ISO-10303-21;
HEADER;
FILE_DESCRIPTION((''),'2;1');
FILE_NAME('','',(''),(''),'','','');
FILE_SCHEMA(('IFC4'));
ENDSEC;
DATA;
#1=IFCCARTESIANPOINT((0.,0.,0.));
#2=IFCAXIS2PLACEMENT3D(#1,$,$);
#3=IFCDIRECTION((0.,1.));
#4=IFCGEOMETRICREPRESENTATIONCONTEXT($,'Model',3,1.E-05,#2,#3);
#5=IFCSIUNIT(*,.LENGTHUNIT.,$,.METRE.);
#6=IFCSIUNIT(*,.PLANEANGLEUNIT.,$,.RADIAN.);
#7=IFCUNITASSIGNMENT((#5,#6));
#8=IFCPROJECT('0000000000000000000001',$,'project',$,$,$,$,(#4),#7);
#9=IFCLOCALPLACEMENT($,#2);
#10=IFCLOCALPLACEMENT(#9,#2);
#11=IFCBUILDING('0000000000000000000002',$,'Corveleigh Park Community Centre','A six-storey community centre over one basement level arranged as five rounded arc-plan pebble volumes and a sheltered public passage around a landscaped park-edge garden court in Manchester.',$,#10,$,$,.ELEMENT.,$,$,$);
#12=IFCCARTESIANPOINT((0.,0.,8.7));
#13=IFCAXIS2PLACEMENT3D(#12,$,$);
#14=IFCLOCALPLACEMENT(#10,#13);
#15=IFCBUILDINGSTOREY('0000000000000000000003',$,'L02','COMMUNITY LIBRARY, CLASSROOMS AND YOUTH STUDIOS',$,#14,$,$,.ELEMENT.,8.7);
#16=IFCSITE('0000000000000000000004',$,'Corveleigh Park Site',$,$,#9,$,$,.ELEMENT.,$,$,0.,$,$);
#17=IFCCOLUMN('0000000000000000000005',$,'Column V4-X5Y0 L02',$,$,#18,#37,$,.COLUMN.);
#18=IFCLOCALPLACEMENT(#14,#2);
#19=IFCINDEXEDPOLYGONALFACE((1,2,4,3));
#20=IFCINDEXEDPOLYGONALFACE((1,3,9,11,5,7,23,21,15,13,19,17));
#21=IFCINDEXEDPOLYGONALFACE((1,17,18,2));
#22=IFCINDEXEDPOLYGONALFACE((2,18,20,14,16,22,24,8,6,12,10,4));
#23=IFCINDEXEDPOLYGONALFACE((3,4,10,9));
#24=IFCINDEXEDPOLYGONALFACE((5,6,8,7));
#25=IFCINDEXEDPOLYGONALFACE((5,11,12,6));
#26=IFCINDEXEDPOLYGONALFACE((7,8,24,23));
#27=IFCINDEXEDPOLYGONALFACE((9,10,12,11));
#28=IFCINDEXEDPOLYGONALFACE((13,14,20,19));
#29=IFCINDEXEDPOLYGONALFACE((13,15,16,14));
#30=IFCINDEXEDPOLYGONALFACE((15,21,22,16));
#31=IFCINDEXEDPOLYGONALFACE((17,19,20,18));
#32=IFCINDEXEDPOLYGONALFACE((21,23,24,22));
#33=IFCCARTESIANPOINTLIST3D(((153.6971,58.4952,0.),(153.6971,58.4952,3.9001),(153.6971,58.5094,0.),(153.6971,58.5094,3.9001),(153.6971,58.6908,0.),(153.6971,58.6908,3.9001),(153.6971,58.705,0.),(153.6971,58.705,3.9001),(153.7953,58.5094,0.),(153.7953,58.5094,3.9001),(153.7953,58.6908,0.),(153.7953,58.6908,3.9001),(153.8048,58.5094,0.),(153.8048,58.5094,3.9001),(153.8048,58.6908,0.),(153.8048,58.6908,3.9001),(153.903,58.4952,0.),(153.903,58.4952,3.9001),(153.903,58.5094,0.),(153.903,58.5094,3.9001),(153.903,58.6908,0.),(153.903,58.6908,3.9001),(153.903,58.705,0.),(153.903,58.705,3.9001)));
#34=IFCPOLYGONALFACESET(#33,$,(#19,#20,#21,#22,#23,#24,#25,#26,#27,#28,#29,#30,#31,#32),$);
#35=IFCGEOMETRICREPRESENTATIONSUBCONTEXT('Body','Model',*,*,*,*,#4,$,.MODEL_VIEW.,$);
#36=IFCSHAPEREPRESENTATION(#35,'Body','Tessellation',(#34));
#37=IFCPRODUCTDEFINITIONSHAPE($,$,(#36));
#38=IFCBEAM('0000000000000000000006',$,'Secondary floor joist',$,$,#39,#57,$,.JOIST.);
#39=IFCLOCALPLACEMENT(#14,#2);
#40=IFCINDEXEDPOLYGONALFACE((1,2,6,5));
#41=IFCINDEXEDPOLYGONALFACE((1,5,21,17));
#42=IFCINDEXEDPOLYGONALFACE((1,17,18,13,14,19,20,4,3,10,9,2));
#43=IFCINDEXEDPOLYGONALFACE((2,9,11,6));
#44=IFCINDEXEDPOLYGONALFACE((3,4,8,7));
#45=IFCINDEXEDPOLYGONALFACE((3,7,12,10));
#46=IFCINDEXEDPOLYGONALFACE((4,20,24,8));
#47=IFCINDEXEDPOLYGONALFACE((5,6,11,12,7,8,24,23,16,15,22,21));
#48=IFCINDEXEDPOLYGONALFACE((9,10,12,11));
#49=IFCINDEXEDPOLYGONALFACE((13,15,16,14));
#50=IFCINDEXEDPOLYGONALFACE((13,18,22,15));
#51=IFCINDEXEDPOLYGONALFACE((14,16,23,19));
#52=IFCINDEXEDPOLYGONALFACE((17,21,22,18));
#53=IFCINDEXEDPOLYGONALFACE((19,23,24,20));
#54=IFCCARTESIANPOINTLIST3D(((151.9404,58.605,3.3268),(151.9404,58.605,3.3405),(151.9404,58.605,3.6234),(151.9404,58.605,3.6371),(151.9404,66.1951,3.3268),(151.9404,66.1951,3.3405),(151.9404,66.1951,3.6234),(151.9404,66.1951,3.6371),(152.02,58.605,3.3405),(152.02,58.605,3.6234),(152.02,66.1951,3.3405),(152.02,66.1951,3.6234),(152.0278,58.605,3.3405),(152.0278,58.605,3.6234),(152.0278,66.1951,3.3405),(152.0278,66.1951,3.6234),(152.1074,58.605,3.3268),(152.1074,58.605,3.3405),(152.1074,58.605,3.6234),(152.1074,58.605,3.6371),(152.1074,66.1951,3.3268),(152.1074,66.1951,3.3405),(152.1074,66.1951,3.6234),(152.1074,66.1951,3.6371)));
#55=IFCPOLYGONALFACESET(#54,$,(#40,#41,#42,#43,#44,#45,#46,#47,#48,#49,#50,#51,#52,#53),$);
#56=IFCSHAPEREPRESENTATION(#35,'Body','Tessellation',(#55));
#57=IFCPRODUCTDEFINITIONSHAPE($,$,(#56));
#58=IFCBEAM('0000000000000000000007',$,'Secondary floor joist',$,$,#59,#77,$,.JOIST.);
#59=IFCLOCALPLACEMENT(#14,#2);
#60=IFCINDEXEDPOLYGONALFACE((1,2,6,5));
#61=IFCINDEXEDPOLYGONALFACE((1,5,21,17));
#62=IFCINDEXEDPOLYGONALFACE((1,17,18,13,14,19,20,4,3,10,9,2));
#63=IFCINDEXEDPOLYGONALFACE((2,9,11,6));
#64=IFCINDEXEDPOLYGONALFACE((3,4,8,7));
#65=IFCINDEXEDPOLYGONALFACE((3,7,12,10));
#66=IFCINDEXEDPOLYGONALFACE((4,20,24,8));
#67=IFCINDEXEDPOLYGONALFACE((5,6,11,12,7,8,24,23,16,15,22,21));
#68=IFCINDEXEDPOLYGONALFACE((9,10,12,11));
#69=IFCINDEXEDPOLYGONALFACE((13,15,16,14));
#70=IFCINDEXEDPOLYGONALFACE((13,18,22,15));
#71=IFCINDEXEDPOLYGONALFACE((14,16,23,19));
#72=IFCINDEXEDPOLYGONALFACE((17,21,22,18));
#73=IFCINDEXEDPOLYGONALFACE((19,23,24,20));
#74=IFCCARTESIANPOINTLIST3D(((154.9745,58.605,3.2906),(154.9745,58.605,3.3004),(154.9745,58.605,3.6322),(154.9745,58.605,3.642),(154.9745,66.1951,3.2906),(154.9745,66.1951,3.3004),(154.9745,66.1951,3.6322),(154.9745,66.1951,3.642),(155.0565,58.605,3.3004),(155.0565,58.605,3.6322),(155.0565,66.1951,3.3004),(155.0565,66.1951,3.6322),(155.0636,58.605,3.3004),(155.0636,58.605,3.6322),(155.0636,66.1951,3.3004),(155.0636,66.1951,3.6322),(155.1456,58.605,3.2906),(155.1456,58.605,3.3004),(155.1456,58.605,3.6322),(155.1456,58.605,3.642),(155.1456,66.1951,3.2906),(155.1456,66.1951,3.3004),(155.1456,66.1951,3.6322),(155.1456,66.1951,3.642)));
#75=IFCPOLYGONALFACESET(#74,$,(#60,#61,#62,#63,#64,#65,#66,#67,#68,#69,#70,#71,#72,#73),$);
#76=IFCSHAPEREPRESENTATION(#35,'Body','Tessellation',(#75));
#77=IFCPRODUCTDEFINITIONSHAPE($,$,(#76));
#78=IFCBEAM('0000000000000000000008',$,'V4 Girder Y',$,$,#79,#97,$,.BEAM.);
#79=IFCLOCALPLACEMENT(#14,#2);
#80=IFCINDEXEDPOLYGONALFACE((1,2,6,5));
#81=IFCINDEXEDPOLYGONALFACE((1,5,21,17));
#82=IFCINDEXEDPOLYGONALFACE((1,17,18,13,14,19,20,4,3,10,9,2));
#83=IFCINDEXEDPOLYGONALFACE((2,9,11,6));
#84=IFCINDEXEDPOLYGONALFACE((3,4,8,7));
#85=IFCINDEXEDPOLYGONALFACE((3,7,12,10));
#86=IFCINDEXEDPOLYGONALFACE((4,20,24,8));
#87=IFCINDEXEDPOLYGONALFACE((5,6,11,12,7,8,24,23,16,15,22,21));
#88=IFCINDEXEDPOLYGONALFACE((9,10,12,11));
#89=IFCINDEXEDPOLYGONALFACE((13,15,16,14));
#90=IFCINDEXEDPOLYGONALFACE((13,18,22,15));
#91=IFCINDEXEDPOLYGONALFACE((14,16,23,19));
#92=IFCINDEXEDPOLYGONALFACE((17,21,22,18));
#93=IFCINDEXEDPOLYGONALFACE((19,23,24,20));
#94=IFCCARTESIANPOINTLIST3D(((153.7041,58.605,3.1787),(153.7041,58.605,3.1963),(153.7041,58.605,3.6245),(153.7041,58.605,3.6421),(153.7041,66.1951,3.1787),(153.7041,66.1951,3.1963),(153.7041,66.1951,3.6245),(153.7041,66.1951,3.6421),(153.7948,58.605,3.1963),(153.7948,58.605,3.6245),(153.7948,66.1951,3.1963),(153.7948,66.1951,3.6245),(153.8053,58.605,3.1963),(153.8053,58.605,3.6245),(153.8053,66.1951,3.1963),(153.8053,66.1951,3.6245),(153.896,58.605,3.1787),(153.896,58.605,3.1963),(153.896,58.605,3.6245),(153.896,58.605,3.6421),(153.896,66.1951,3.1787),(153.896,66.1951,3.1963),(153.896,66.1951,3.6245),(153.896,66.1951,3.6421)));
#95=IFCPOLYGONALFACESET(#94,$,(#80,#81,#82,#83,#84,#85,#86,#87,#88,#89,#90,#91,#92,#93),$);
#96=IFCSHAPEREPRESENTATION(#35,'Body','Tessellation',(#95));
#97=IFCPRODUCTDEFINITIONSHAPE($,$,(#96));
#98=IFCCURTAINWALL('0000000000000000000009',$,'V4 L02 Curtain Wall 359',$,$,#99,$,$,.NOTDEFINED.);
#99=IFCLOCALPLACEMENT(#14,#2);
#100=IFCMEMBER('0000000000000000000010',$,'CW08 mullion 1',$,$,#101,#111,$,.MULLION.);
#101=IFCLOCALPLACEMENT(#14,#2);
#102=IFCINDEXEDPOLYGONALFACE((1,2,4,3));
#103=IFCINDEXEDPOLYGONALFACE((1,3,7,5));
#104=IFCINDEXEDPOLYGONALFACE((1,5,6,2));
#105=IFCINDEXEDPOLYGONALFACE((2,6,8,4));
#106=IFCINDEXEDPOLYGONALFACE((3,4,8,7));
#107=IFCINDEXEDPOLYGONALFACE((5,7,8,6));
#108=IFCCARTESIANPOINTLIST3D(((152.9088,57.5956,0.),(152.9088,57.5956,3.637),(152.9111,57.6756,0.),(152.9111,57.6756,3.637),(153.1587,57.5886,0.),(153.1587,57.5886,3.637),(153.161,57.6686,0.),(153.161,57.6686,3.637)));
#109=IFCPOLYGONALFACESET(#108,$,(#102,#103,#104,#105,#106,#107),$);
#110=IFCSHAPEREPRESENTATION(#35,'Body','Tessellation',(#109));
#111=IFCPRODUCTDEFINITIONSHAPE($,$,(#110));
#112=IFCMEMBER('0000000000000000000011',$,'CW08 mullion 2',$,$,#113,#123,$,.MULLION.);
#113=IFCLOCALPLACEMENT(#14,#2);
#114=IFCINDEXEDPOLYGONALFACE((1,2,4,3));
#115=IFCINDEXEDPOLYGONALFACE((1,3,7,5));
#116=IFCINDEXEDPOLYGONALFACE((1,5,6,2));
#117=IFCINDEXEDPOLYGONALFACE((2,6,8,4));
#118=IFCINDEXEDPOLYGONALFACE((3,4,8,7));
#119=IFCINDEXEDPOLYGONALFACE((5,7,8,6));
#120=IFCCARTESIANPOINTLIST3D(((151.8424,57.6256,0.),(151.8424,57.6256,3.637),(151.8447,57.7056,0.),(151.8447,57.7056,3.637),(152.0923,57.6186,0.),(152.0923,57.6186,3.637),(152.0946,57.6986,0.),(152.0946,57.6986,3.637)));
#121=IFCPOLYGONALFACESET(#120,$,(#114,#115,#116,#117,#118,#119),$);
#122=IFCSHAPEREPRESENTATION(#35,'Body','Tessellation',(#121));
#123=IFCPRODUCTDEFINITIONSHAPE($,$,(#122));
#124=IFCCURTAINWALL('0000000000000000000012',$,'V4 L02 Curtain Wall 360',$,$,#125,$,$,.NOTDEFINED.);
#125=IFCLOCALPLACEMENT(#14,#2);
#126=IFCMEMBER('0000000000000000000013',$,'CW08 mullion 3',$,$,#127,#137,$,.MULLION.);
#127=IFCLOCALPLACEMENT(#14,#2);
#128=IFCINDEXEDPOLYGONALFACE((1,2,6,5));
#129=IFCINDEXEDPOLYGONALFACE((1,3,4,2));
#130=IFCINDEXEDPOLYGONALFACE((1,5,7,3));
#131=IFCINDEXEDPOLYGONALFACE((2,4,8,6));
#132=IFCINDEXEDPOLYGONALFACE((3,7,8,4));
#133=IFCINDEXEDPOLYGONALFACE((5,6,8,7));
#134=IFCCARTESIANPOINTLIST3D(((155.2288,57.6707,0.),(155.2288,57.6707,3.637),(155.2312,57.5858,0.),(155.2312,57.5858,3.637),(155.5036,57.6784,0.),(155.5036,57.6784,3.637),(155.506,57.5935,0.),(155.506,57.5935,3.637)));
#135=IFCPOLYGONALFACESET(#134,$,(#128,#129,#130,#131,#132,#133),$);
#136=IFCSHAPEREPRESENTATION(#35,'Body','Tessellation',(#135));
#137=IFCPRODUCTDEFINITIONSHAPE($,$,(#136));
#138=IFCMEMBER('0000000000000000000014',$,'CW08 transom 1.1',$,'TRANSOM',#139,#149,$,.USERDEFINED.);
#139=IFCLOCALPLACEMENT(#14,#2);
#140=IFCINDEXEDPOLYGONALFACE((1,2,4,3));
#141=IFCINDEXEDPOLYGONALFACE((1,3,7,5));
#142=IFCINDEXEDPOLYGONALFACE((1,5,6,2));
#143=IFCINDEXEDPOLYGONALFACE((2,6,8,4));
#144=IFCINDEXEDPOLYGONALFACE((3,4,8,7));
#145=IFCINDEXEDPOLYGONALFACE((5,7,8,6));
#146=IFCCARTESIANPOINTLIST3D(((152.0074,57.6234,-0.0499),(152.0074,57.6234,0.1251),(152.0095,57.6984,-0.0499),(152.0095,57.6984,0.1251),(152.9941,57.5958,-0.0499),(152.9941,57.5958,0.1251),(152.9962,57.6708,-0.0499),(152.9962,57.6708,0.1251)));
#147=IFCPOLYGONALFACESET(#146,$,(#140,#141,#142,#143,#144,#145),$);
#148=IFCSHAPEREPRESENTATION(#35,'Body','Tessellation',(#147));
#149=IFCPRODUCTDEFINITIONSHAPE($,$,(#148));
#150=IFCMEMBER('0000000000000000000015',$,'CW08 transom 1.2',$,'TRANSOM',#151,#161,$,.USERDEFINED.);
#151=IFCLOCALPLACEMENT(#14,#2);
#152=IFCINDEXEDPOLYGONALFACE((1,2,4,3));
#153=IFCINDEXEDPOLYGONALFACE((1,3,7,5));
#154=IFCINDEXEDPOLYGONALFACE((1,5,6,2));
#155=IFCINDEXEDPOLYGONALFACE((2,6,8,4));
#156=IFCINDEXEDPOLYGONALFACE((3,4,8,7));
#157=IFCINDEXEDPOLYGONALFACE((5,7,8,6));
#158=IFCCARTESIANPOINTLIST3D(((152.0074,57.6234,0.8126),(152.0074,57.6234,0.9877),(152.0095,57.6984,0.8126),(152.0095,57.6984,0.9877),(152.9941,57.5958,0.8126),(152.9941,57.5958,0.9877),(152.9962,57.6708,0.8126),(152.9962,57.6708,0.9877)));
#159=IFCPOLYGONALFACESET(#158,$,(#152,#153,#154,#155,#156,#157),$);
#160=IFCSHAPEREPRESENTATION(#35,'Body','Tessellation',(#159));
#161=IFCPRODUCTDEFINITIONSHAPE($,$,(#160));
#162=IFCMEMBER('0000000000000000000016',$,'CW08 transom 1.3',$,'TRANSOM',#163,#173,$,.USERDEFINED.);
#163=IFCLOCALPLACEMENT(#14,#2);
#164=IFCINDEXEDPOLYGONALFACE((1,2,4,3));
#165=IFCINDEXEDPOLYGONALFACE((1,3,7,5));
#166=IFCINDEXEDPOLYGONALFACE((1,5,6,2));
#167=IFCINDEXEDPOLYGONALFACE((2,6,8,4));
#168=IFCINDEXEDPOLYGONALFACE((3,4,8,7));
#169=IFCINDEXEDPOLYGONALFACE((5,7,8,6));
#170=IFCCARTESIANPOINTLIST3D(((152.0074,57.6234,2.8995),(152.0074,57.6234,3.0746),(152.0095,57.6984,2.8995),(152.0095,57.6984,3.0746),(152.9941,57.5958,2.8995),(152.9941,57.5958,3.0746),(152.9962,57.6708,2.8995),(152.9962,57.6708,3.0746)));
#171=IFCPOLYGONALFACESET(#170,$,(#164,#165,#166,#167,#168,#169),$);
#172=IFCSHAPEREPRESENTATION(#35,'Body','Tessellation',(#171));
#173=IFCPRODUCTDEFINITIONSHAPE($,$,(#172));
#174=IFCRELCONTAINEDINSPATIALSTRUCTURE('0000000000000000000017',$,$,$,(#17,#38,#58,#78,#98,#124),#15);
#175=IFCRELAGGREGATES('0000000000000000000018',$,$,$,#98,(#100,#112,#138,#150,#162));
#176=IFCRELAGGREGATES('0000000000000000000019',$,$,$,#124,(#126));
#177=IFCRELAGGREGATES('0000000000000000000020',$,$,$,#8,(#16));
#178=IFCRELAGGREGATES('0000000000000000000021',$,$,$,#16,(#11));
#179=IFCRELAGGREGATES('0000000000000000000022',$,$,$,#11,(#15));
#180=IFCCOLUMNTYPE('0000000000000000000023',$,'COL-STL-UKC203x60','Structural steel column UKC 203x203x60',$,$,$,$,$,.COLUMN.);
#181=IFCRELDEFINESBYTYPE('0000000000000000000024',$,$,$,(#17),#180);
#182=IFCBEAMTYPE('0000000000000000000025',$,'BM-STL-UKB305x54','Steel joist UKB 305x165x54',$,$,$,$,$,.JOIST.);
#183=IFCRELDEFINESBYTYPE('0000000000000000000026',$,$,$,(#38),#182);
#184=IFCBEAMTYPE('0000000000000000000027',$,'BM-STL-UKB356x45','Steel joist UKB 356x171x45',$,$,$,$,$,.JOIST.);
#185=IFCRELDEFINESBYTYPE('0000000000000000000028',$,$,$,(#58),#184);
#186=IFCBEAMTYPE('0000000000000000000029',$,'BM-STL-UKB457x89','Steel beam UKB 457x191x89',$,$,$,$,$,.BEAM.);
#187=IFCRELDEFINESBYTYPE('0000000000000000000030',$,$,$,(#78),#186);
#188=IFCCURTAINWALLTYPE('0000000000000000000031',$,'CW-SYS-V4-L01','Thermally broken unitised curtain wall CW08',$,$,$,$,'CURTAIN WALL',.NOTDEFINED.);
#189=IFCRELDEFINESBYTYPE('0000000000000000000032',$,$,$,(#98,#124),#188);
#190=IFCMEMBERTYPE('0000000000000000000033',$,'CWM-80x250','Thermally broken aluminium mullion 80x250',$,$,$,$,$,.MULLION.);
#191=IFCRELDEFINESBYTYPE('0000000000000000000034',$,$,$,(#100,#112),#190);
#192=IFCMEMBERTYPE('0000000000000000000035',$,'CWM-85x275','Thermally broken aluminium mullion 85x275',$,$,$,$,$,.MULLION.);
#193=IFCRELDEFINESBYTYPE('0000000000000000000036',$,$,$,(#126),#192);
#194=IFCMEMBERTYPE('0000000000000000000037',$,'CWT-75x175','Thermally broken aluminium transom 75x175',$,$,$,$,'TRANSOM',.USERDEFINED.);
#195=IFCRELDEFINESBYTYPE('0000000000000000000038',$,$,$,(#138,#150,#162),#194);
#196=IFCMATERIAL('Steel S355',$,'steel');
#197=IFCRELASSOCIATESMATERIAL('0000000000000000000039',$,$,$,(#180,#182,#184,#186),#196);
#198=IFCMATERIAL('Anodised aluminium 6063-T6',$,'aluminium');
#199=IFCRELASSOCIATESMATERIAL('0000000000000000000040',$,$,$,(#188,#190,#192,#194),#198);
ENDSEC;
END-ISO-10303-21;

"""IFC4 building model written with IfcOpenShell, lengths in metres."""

from ifc_helpers import new_model, si_unit, direction, frame, origin, origin_2d, place, context, subcontext, project, spatial, rectangle, i_section, extrude, material, material_profile, profile_set, type_object, element, aggregate, save


model = new_model("IFC4")

# Units and contexts
model_context = context("Model", 3, precision=1e-05, world=origin(), true_north=direction((0.0, 1.0)))
body_context = subcontext(model_context, "Body", "Model", "MODEL_VIEW")
ifc_project = project(units=[si_unit("LENGTHUNIT", "METRE"), si_unit("PLANEANGLEUNIT", "RADIAN")], contexts=[model_context])

# Site, building, storey
site_placement = place(None, origin())
site = spatial("IfcSite", under=ifc_project, at=site_placement, Name="Corveleigh Park Site", CompositionType="ELEMENT", RefElevation=0.0)
building_placement = place(site_placement, origin())
building = spatial("IfcBuilding", under=site, at=building_placement, Name="Corveleigh Park Community Centre", Description="A six-storey community centre over one basement level arranged as five rounded arc-plan pebble volumes and a sheltered public passage around a landscaped park-edge garden court in Manchester.", CompositionType="ELEMENT")
storey_placement = place(building_placement, frame((0.0, 0.0, 8.7)))
storey = spatial("IfcBuildingStorey", under=building, at=storey_placement, Name="L02", Description="COMMUNITY LIBRARY, CLASSROOMS AND YOUTH STUDIOS", CompositionType="ELEMENT", Elevation=8.7)

# Column
ifc_material_1 = material(Name="Steel S355", Category="steel")
ifc_material_profile_1 = material_profile(ifc_material_1, i_section(OverallWidth=0.2058, OverallDepth=0.2097, WebThickness=0.0095, FlangeThickness=0.0142, at=origin_2d()), Name="UKC 203x203x60", Category="steel")
ifc_profile_set_1 = profile_set([ifc_material_profile_1], Name="Steel S355")
column_type = type_object("IfcColumnType", Name="COL-STL-UKC203x60", Description="Structural steel column UKC 203x203x60", PredefinedType="COLUMN", material=ifc_profile_set_1)
column_placement = place(storey_placement, frame((153.8, 58.6001, 0.0), z_axis=(0.0, 0.0, 1.0), x_axis=(1.0, 0.0, 0.0)))
element("IfcColumn", 1, at=column_placement, inside=storey, type_object=column_type, Name="Column V4-X5Y0 L02", PredefinedType="COLUMN", context=body_context, shape_type="SweptSolid", body=[
    extrude(i_section(OverallWidth=0.2058, OverallDepth=0.2097, WebThickness=0.0095, FlangeThickness=0.0142, at=origin_2d()), origin(), (0.0, 0.0, 1.0), 3.9001),
])

# Beams
ifc_material_profile_2 = material_profile(ifc_material_1, i_section(OverallWidth=0.167, OverallDepth=0.3103, WebThickness=0.0078, FlangeThickness=0.0137, at=origin_2d()), Name="UKB 305x165x54", Category="steel")
ifc_profile_set_2 = profile_set([ifc_material_profile_2], Name="Steel S355")
beam_type_1 = type_object("IfcBeamType", Name="BM-STL-UKB305x54", Description="Steel joist UKB 305x165x54", PredefinedType="JOIST", material=ifc_profile_set_2)
beam_1_placement = place(storey_placement, frame((152.0239, 58.605, 3.4819), z_axis=(0.0, 1.0, 0.0), x_axis=(-1.0, 0.0, 0.0)))
element("IfcBeam", 2, at=beam_1_placement, inside=storey, type_object=beam_type_1, Name="Secondary floor joist", PredefinedType="JOIST", context=body_context, shape_type="SweptSolid", body=[
    extrude(i_section(OverallWidth=0.167, OverallDepth=0.3103, WebThickness=0.0078, FlangeThickness=0.0137, at=origin_2d()), origin(), (0.0, 0.0, 1.0), 7.5901),
])
ifc_material_profile_3 = material_profile(ifc_material_1, i_section(OverallWidth=0.1711, OverallDepth=0.3513, WebThickness=0.0071, FlangeThickness=0.0098, at=origin_2d()), Name="UKB 356x171x45", Category="steel")
ifc_profile_set_3 = profile_set([ifc_material_profile_3], Name="Steel S355")
beam_type_2 = type_object("IfcBeamType", Name="BM-STL-UKB356x45", Description="Steel joist UKB 356x171x45", PredefinedType="JOIST", material=ifc_profile_set_3)
beam_2_placement = place(storey_placement, frame((155.0601, 58.605, 3.4663), z_axis=(0.0, 1.0, 0.0), x_axis=(-1.0, 0.0, 0.0)))
element("IfcBeam", 3, at=beam_2_placement, inside=storey, type_object=beam_type_2, Name="Secondary floor joist", PredefinedType="JOIST", context=body_context, shape_type="SweptSolid", body=[
    extrude(i_section(OverallWidth=0.1711, OverallDepth=0.3513, WebThickness=0.0071, FlangeThickness=0.0098, at=origin_2d()), origin(), (0.0, 0.0, 1.0), 7.5901),
])
ifc_material_profile_4 = material_profile(ifc_material_1, i_section(OverallWidth=0.1919, OverallDepth=0.4634, WebThickness=0.0105, FlangeThickness=0.0176, at=origin_2d()), Name="UKB 457x191x89", Category="steel")
ifc_profile_set_4 = profile_set([ifc_material_profile_4], Name="Steel S355")
beam_type_3 = type_object("IfcBeamType", Name="BM-STL-UKB457x89", Description="Steel beam UKB 457x191x89", PredefinedType="BEAM", material=ifc_profile_set_4)
beam_3_placement = place(storey_placement, frame((153.8, 58.605, 3.4104), z_axis=(0.0, 1.0, 0.0), x_axis=(-1.0, 0.0, 0.0)))
element("IfcBeam", 4, at=beam_3_placement, inside=storey, type_object=beam_type_3, Name="V4 Girder Y", PredefinedType="BEAM", context=body_context, shape_type="SweptSolid", body=[
    extrude(i_section(OverallWidth=0.1919, OverallDepth=0.4634, WebThickness=0.0105, FlangeThickness=0.0176, at=origin_2d()), origin(), (0.0, 0.0, 1.0), 7.5901),
])

# Curtain wall, members
ifc_material_2 = material(Name="Anodised aluminium 6063-T6", Category="aluminium")
curtain_wall_type = type_object("IfcCurtainWallType", Name="CW-SYS-V4-L01", Description="Thermally broken unitised curtain wall CW08", ElementType="CURTAIN WALL", PredefinedType="NOTDEFINED", material=ifc_material_2)
curtain_wall_1_placement = place(storey_placement, origin())
curtain_wall_1 = element("IfcCurtainWall", 5, at=curtain_wall_1_placement, inside=storey, type_object=curtain_wall_type, Name="V4 L02 Curtain Wall 359", PredefinedType="NOTDEFINED")
ifc_material_profile_5 = material_profile(ifc_material_2, rectangle(XDim=0.0801, YDim=0.25, at=origin_2d()), Name="ALU-M80x250", Category="aluminium")
ifc_profile_set_5 = profile_set([ifc_material_profile_5], Name="Anodised aluminium 6063-T6")
member_type_1 = type_object("IfcMemberType", Name="CWM-80x250", Description="Thermally broken aluminium mullion 80x250", PredefinedType="MULLION", material=ifc_profile_set_5)
member_1_placement = place(storey_placement, frame((153.0349, 57.6321, 0.0), z_axis=(0.0, 0.0, 1.0), x_axis=(-0.028005, -0.999608, 0.0)))
member_1 = element("IfcMember", 6, at=member_1_placement, type_object=member_type_1, Name="CW08 mullion 1", PredefinedType="MULLION", context=body_context, shape_type="SweptSolid", body=[
    extrude(rectangle(XDim=0.0801, YDim=0.25, at=origin_2d()), origin(), (0.0, 0.0, 1.0), 3.637),
])
member_2_placement = place(storey_placement, frame((151.9685, 57.6621, 0.0), z_axis=(0.0, 0.0, 1.0), x_axis=(-0.028005, -0.999608, 0.0)))
member_2 = element("IfcMember", 7, at=member_2_placement, type_object=member_type_1, Name="CW08 mullion 2", PredefinedType="MULLION", context=body_context, shape_type="SweptSolid", body=[
    extrude(rectangle(XDim=0.0801, YDim=0.25, at=origin_2d()), origin(), (0.0, 0.0, 1.0), 3.637),
])

# Curtain wall, member
curtain_wall_2_placement = place(storey_placement, origin())
curtain_wall_2 = element("IfcCurtainWall", 8, at=curtain_wall_2_placement, inside=storey, type_object=curtain_wall_type, Name="V4 L02 Curtain Wall 360", PredefinedType="NOTDEFINED")
ifc_material_profile_6 = material_profile(ifc_material_2, rectangle(XDim=0.085, YDim=0.2749, at=origin_2d()), Name="ALU-M85x275", Category="aluminium")
ifc_profile_set_6 = profile_set([ifc_material_profile_6], Name="Anodised aluminium 6063-T6")
member_type_2 = type_object("IfcMemberType", Name="CWM-85x275", Description="Thermally broken aluminium mullion 85x275", PredefinedType="MULLION", material=ifc_profile_set_6)
member_3_placement = place(storey_placement, frame((155.3674, 57.6321, 0.0), z_axis=(0.0, 0.0, 1.0), x_axis=(0.028005, -0.999608, 0.0)))
member_3 = element("IfcMember", 9, at=member_3_placement, type_object=member_type_2, Name="CW08 mullion 3", PredefinedType="MULLION", context=body_context, shape_type="SweptSolid", body=[
    extrude(rectangle(XDim=0.085, YDim=0.2749, at=origin_2d()), origin(), (0.0, 0.0, 1.0), 3.637),
])

# Members
ifc_material_profile_7 = material_profile(ifc_material_2, rectangle(XDim=0.075, YDim=0.175, at=origin_2d()), Name="ALU-T75x175", Category="aluminium")
ifc_profile_set_7 = profile_set([ifc_material_profile_7], Name="Anodised aluminium 6063-T6")
member_type_3 = type_object("IfcMemberType", Name="CWT-75x175", Description="Thermally broken aluminium transom 75x175", ElementType="TRANSOM", PredefinedType="USERDEFINED", material=ifc_profile_set_7)
member_4_placement = place(storey_placement, frame((152.9951, 57.6333, 0.0376), z_axis=(-0.999609, 0.027952, 0.0), x_axis=(-0.027952, -0.999609, 0.0)))
member_4 = element("IfcMember", 10, at=member_4_placement, type_object=member_type_3, Name="CW08 transom 1.1", ObjectType="TRANSOM", PredefinedType="USERDEFINED", context=body_context, shape_type="SweptSolid", body=[
    extrude(rectangle(XDim=0.075, YDim=0.175, at=origin_2d()), origin(), (0.0, 0.0, 1.0), 0.9871),
])
member_5_placement = place(storey_placement, frame((152.9951, 57.6333, 0.9001), z_axis=(-0.999609, 0.027952, 0.0), x_axis=(-0.027952, -0.999609, 0.0)))
member_5 = element("IfcMember", 11, at=member_5_placement, type_object=member_type_3, Name="CW08 transom 1.2", ObjectType="TRANSOM", PredefinedType="USERDEFINED", context=body_context, shape_type="SweptSolid", body=[
    extrude(rectangle(XDim=0.075, YDim=0.175, at=origin_2d()), origin(), (0.0, 0.0, 1.0), 0.9871),
])
member_6_placement = place(storey_placement, frame((152.9951, 57.6333, 2.9871), z_axis=(-0.999609, 0.027952, 0.0), x_axis=(-0.027952, -0.999609, 0.0)))
member_6 = element("IfcMember", 12, at=member_6_placement, type_object=member_type_3, Name="CW08 transom 1.3", ObjectType="TRANSOM", PredefinedType="USERDEFINED", context=body_context, shape_type="SweptSolid", body=[
    extrude(rectangle(XDim=0.075, YDim=0.175, at=origin_2d()), origin(), (0.0, 0.0, 1.0), 0.9871),
])

aggregate(curtain_wall_1, [member_1, member_2, member_4, member_5, member_6])
aggregate(curtain_wall_2, [member_3])

save(model, "model.ifc")
